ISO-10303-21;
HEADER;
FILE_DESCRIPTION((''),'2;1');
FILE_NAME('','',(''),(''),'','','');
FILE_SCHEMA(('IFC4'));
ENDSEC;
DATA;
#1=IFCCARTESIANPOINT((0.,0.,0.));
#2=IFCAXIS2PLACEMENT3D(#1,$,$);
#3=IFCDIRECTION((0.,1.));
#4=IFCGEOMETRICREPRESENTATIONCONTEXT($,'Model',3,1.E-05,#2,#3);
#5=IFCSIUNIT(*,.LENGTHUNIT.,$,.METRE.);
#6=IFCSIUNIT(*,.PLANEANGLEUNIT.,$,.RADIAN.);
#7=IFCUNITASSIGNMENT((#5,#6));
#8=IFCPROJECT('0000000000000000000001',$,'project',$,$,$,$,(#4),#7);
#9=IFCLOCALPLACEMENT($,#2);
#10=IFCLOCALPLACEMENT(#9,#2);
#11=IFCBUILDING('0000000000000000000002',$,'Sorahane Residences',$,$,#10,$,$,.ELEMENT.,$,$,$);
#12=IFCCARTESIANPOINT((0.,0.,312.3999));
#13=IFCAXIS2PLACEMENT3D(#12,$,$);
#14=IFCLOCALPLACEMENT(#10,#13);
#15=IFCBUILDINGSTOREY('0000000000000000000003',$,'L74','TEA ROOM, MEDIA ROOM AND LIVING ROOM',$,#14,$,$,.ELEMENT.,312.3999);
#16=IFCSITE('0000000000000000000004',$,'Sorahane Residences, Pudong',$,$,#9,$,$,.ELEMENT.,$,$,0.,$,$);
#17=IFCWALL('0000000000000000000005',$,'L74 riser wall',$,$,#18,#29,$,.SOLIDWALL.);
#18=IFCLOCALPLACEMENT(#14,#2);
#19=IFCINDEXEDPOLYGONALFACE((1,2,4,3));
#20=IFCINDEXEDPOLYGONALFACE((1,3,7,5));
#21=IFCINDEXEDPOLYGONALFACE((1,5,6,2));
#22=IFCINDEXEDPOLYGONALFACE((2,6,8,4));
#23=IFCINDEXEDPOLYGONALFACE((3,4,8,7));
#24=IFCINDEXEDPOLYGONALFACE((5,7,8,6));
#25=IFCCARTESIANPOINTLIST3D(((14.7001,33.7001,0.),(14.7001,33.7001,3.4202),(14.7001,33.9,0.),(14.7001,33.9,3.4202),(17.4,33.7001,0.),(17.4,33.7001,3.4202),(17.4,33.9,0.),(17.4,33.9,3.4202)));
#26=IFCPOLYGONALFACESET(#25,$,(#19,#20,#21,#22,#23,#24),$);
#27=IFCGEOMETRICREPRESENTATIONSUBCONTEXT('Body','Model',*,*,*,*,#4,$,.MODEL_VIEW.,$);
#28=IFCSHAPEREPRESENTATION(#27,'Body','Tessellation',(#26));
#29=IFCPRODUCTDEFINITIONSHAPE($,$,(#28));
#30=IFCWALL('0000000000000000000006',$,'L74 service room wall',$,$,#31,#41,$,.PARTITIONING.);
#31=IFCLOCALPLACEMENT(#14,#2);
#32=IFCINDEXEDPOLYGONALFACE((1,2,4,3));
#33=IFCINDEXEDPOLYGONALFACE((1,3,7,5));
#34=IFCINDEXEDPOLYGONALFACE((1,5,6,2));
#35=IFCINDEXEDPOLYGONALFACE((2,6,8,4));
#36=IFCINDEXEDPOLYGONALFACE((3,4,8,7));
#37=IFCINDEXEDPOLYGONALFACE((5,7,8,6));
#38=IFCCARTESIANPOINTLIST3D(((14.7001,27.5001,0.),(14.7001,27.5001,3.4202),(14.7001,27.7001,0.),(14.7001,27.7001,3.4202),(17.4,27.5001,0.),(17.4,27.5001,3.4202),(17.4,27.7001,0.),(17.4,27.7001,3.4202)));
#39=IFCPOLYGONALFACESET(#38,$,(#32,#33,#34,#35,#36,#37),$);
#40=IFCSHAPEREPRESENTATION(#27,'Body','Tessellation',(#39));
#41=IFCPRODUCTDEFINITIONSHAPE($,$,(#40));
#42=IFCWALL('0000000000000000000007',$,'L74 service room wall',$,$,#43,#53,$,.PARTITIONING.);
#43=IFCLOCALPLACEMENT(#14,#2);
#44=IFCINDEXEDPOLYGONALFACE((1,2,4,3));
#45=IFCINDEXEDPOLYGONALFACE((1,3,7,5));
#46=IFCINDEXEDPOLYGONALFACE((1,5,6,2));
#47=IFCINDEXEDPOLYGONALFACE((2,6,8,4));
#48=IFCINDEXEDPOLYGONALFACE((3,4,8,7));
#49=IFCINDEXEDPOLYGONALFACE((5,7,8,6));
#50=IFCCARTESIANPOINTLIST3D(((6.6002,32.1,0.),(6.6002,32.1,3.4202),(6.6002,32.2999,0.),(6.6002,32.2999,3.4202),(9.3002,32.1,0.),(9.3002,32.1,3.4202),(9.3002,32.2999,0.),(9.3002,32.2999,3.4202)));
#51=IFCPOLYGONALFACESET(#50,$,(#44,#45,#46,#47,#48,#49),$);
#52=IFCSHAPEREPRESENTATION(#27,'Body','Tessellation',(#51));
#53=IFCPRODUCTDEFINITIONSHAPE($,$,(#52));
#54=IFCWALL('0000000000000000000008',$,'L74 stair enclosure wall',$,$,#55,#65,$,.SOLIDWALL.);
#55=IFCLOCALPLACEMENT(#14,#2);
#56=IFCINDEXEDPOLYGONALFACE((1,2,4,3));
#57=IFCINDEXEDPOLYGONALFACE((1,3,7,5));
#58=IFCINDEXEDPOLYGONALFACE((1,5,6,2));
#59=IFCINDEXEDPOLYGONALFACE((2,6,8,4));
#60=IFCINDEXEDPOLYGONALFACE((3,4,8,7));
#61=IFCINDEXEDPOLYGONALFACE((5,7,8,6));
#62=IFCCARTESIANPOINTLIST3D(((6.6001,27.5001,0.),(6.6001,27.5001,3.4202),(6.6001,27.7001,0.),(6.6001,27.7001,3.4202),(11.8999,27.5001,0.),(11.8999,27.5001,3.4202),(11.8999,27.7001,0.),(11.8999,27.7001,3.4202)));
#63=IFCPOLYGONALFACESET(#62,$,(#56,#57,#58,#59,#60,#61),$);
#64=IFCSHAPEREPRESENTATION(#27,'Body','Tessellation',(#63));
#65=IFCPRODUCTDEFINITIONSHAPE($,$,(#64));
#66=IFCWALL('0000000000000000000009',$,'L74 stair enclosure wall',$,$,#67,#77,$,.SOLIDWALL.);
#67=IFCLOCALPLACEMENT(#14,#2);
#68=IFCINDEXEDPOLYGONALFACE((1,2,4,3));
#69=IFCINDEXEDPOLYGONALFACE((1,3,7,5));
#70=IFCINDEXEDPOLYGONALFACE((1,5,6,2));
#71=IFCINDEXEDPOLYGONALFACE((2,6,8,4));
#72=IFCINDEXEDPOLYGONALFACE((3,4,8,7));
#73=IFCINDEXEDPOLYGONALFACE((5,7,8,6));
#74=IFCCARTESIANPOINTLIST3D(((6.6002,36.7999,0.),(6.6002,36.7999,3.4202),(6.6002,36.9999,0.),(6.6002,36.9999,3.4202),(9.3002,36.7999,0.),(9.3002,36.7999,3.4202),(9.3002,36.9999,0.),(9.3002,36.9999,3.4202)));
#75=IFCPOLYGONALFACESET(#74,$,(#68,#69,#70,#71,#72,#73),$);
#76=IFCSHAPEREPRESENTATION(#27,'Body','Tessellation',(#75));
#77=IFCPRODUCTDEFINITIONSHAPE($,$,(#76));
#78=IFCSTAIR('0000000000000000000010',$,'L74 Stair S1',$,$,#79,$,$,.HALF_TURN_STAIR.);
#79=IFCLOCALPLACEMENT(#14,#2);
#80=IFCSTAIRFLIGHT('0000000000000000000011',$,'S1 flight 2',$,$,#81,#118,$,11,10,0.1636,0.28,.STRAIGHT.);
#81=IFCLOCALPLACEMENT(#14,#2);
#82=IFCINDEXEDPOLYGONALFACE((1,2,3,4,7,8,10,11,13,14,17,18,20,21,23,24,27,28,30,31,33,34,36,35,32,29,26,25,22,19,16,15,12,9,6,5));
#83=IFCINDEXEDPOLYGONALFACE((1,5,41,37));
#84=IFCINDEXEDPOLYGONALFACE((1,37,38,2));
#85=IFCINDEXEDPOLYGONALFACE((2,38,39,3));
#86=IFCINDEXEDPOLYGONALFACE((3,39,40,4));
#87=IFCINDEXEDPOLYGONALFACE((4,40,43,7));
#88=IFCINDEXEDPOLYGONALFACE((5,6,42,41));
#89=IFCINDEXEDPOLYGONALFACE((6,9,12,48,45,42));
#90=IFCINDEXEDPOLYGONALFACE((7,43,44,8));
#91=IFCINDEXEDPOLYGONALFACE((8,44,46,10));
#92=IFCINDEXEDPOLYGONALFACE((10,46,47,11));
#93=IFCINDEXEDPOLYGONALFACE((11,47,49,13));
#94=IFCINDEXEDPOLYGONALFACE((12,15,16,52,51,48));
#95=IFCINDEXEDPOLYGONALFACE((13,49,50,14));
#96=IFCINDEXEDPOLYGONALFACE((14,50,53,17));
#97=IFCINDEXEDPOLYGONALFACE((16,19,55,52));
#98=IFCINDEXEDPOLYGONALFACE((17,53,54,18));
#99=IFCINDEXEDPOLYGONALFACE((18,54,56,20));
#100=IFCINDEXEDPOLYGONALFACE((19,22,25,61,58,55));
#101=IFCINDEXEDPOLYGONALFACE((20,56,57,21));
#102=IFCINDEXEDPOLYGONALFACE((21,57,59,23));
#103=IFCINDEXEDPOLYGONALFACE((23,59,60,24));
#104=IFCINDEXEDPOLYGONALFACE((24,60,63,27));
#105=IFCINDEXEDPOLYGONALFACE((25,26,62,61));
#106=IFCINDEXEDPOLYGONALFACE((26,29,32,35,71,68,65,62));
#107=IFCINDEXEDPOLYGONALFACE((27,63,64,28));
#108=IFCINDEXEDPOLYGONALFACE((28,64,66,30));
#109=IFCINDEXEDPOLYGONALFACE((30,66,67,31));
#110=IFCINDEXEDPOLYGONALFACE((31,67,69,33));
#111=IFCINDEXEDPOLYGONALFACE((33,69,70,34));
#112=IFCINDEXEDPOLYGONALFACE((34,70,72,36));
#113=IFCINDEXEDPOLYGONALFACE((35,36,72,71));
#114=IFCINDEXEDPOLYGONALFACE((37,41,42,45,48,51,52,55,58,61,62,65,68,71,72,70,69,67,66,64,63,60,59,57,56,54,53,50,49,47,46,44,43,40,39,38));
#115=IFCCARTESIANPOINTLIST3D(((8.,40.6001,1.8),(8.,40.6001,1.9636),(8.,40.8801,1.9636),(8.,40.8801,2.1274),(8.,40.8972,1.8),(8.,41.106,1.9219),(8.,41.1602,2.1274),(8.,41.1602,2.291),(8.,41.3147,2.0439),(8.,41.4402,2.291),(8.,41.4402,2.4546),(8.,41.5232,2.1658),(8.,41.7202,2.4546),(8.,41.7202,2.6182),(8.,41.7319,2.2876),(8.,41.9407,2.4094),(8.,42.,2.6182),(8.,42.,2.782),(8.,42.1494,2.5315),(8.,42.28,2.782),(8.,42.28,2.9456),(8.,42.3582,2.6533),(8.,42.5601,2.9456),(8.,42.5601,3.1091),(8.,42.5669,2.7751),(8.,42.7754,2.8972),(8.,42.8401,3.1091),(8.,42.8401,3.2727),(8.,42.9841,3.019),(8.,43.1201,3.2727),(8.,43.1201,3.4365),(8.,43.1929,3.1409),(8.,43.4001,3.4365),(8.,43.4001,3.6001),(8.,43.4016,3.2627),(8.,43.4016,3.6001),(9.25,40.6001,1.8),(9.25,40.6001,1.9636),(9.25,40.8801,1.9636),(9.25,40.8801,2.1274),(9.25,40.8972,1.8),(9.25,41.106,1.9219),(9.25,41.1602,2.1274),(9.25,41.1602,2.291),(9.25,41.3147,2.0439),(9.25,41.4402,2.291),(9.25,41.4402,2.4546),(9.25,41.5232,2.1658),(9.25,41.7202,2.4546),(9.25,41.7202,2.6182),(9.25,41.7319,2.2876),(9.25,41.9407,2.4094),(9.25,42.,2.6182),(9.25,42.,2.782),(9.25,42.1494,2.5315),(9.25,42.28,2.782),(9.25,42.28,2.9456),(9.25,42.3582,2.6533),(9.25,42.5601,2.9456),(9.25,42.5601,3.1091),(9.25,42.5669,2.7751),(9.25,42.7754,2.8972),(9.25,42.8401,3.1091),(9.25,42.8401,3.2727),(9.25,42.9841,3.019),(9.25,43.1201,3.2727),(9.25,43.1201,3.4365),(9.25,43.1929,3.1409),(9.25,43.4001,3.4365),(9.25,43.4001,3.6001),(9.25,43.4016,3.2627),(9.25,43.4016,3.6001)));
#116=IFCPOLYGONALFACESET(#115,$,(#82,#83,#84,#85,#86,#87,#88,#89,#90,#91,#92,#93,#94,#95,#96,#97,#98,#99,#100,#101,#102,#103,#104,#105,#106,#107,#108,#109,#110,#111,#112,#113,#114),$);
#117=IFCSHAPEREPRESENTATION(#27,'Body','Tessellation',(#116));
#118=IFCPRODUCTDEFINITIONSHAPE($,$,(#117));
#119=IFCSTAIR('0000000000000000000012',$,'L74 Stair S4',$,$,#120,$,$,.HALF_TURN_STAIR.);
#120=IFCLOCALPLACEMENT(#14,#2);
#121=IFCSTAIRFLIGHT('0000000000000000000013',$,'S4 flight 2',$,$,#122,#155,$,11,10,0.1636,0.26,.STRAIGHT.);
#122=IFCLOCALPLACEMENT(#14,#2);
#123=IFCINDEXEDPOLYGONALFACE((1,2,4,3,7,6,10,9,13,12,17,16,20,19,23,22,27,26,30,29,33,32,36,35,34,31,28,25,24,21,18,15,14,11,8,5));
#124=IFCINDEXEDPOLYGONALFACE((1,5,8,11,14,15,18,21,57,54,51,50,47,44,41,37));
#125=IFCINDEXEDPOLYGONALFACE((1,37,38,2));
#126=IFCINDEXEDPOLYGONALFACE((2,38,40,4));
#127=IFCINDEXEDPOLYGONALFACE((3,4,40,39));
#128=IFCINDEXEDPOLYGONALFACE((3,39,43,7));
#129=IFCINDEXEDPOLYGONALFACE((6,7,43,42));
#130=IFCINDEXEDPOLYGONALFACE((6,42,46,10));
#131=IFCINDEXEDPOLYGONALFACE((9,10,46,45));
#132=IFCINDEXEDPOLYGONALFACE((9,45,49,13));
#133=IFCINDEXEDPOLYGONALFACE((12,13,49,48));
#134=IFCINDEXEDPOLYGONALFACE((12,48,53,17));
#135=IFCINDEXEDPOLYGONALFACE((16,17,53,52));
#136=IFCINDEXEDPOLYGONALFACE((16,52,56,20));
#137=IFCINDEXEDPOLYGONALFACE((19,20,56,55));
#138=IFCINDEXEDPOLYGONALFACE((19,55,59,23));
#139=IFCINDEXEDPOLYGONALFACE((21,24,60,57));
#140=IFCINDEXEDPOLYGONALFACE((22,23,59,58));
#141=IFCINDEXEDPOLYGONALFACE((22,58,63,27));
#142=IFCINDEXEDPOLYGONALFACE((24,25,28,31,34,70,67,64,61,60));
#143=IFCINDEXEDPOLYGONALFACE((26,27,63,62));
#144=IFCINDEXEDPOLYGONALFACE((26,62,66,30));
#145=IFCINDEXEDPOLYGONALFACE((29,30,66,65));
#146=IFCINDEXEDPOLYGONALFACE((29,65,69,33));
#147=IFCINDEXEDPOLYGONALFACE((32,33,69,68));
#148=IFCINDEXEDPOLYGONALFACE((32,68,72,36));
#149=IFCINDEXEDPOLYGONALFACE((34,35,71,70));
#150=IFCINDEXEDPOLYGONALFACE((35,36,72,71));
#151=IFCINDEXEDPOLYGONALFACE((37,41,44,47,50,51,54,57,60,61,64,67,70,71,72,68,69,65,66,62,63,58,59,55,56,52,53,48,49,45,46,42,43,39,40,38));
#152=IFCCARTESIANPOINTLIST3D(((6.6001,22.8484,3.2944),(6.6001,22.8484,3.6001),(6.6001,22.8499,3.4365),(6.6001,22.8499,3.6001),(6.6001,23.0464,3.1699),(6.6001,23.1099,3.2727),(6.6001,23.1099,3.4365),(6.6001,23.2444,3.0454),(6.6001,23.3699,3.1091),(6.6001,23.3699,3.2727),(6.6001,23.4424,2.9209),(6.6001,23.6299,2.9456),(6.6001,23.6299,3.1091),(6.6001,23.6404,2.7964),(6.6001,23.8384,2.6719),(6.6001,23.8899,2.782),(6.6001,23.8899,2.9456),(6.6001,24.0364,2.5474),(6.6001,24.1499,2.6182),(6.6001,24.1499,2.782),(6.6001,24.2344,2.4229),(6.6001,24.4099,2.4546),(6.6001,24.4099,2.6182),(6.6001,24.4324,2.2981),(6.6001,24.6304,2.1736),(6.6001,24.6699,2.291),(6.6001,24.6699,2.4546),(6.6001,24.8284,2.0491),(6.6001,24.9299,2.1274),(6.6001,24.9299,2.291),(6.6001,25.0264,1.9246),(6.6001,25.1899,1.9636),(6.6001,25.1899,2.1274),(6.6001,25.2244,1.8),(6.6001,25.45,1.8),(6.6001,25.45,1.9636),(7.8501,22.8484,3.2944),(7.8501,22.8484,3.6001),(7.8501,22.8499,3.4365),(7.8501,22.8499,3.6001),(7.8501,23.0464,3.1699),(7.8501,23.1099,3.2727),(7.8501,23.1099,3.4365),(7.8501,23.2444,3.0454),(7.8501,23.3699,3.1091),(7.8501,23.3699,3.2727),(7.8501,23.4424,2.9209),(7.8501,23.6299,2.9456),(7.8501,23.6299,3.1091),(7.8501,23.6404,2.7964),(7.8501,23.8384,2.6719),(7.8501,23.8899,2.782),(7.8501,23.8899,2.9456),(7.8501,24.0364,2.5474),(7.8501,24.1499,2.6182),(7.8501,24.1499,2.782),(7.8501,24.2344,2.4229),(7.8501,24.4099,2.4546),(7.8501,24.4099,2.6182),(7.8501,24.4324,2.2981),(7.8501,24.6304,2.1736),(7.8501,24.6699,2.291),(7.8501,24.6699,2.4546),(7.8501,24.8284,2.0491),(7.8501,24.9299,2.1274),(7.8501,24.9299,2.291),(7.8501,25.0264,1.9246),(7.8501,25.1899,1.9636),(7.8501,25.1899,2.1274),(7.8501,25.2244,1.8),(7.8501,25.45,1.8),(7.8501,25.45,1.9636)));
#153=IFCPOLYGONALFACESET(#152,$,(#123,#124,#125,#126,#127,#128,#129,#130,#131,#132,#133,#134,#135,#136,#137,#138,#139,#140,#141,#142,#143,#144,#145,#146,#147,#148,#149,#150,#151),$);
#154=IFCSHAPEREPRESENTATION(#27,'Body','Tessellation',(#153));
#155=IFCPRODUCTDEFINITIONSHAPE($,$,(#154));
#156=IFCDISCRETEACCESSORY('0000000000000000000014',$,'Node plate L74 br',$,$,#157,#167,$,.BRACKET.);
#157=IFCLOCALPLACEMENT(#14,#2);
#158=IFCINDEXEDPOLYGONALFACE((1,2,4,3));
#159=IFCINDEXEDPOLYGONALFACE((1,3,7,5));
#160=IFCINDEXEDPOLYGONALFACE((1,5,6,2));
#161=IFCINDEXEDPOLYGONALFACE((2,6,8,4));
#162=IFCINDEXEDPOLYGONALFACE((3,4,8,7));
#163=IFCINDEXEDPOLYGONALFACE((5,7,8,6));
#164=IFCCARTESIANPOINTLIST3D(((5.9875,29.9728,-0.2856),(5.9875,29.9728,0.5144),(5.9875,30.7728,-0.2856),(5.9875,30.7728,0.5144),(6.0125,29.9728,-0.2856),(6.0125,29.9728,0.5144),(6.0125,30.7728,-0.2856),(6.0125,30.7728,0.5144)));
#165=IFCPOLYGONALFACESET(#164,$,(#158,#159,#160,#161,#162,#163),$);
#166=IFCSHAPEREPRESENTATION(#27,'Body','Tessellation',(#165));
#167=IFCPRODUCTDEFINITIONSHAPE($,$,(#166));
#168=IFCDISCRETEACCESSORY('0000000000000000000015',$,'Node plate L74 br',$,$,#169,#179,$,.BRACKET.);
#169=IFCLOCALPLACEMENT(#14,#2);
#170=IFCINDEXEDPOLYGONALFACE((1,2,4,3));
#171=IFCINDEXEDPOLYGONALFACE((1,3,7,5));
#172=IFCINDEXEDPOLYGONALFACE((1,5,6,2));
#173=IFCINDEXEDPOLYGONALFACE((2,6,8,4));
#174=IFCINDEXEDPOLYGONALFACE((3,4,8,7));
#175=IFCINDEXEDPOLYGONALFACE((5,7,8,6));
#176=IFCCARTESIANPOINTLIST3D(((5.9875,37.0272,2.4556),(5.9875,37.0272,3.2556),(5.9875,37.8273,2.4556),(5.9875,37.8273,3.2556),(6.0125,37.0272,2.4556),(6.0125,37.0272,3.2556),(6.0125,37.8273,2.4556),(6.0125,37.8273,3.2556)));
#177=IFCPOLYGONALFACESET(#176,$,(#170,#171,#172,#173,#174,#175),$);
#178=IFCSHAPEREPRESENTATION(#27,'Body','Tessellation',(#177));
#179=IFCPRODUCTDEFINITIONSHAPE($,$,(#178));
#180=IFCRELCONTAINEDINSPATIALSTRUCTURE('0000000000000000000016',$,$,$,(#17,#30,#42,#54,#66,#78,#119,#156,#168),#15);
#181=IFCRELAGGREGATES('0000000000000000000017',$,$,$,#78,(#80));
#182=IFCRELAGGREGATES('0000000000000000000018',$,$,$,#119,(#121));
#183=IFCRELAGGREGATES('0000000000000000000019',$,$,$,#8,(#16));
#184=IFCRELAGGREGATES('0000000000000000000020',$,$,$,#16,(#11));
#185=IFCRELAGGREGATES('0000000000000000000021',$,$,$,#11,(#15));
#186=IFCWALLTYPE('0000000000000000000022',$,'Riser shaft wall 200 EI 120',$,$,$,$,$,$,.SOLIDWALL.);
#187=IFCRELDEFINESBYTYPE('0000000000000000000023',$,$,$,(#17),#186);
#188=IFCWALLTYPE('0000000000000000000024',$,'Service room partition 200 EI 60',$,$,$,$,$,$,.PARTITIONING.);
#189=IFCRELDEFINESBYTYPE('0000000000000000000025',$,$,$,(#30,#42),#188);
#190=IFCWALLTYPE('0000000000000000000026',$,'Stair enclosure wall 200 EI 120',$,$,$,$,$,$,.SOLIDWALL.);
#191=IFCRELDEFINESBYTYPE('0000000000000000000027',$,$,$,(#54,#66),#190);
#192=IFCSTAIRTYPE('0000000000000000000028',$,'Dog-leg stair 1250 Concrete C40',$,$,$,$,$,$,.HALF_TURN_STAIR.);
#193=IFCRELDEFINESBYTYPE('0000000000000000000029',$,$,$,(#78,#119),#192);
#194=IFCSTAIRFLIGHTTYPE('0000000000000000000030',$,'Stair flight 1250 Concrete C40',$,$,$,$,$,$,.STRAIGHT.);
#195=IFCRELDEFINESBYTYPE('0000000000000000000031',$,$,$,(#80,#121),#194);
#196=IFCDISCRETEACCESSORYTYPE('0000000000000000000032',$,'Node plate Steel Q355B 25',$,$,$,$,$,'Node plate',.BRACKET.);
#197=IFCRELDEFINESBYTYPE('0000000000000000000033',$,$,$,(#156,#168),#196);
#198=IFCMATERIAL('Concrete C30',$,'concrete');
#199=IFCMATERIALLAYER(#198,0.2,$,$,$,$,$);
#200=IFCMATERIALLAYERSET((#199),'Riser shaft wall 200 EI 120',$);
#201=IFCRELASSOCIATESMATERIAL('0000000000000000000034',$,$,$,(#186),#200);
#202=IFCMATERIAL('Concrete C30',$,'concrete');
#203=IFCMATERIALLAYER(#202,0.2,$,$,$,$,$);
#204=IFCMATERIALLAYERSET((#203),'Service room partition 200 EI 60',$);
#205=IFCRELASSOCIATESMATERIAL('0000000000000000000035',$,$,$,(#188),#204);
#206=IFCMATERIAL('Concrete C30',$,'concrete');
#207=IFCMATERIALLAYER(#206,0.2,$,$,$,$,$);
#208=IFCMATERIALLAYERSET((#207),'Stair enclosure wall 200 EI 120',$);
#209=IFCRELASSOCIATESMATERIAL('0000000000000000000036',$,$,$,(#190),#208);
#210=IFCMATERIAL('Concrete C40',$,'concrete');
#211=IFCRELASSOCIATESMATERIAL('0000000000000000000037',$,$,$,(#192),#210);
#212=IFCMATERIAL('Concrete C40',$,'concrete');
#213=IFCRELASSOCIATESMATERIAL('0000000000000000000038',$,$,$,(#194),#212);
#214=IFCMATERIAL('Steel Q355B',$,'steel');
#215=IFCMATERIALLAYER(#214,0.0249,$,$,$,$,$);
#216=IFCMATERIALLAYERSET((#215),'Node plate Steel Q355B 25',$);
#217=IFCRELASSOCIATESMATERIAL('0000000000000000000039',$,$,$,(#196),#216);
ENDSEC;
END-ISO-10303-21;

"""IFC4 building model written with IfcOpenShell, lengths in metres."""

from ifc_helpers import new_model, si_unit, direction, frame, frame_2d, origin, origin_2d, place, context, subcontext, project, spatial, polyline, rectangle, outline, extrude, material, layer, layer_set, type_object, element, aggregate, save


model = new_model("IFC4")

# Units and contexts
model_context = context("Model", 3, precision=1e-05, world=origin(), true_north=direction((0.0, 1.0)))
body_context = subcontext(model_context, "Body", "Model", "MODEL_VIEW")
ifc_project = project(units=[si_unit("LENGTHUNIT", "METRE"), si_unit("PLANEANGLEUNIT", "RADIAN")], contexts=[model_context])

# Site, building, storey
site_placement = place(None, origin())
site = spatial("IfcSite", under=ifc_project, at=site_placement, Name="Sorahane Residences, Pudong", CompositionType="ELEMENT", RefElevation=0.0)
building_placement = place(site_placement, origin())
building = spatial("IfcBuilding", under=site, at=building_placement, Name="Sorahane Residences", CompositionType="ELEMENT")
storey_placement = place(building_placement, frame((0.0, 0.0, 312.3999)))
storey = spatial("IfcBuildingStorey", under=building, at=storey_placement, Name="L74", Description="TEA ROOM, MEDIA ROOM AND LIVING ROOM", CompositionType="ELEMENT", Elevation=312.3999)

# Walls
ifc_material_1 = material(Name="Concrete C30", Category="concrete")
ifc_layer_1 = layer(ifc_material_1, 0.2)
ifc_layer_set_1 = layer_set([ifc_layer_1], Name="Riser shaft wall 200 EI 120")
wall_type_1 = type_object("IfcWallType", Name="Riser shaft wall 200 EI 120", PredefinedType="SOLIDWALL", material=ifc_layer_set_1)
wall_1_placement = place(storey_placement, frame((14.7, 33.8, 0.0), z_axis=(0.0, 0.0, 1.0), x_axis=(1.0, 0.0, 0.0)))
element("IfcWall", 1, at=wall_1_placement, inside=storey, type_object=wall_type_1, Name="L74 riser wall", PredefinedType="SOLIDWALL", context=body_context, shape_type="SweptSolid", body=[
    extrude(rectangle(XDim=2.7, YDim=0.2, at=frame_2d((1.3501, 0.0))), origin(), (0.0, 0.0, 1.0), 3.4202),
])
ifc_material_2 = material(Name="Concrete C30", Category="concrete")
ifc_layer_2 = layer(ifc_material_2, 0.2)
ifc_layer_set_2 = layer_set([ifc_layer_2], Name="Service room partition 200 EI 60")
wall_type_2 = type_object("IfcWallType", Name="Service room partition 200 EI 60", PredefinedType="PARTITIONING", material=ifc_layer_set_2)
for number, where, z_axis, x_axis, name in (
    (2, (14.7, 27.6001, 0.0), (0.0, 0.0, 1.0), (1.0, 0.0, 0.0), "L74 service room wall"),
    (3, (6.6001, 32.2, 0.0), (0.0, 0.0, 1.0), (1.0, 0.0, 0.0), "L74 service room wall"),
):
    element("IfcWall", number, at=place(storey_placement, frame(where, z_axis=z_axis, x_axis=x_axis)), inside=storey, type_object=wall_type_2, Name=name, PredefinedType="PARTITIONING", context=body_context, shape_type="SweptSolid", body=[
        extrude(rectangle(XDim=2.7, YDim=0.2, at=frame_2d((1.3501, 0.0))), origin(), (0.0, 0.0, 1.0), 3.4202),
    ])
ifc_material_3 = material(Name="Concrete C30", Category="concrete")
ifc_layer_3 = layer(ifc_material_3, 0.2)
ifc_layer_set_3 = layer_set([ifc_layer_3], Name="Stair enclosure wall 200 EI 120")
wall_type_3 = type_object("IfcWallType", Name="Stair enclosure wall 200 EI 120", PredefinedType="SOLIDWALL", material=ifc_layer_set_3)
wall_2_placement = place(storey_placement, frame((6.6001, 27.6001, 0.0), z_axis=(0.0, 0.0, 1.0), x_axis=(1.0, 0.0, 0.0)))
element("IfcWall", 4, at=wall_2_placement, inside=storey, type_object=wall_type_3, Name="L74 stair enclosure wall", PredefinedType="SOLIDWALL", context=body_context, shape_type="SweptSolid", body=[
    extrude(rectangle(XDim=5.2998, YDim=0.2, at=frame_2d((2.6499, 0.0))), origin(), (0.0, 0.0, 1.0), 3.4202),
])
wall_3_placement = place(storey_placement, frame((6.6001, 36.8999, 0.0), z_axis=(0.0, 0.0, 1.0), x_axis=(1.0, 0.0, 0.0)))
element("IfcWall", 5, at=wall_3_placement, inside=storey, type_object=wall_type_3, Name="L74 stair enclosure wall", PredefinedType="SOLIDWALL", context=body_context, shape_type="SweptSolid", body=[
    extrude(rectangle(XDim=2.7, YDim=0.2, at=frame_2d((1.3501, 0.0))), origin(), (0.0, 0.0, 1.0), 3.4202),
])

# Stairs, stair flights
ifc_material_4 = material(Name="Concrete C40", Category="concrete")
stair_type = type_object("IfcStairType", Name="Dog-leg stair 1250 Concrete C40", PredefinedType="HALF_TURN_STAIR", material=ifc_material_4)
stair_1_placement = place(storey_placement, origin())
stair_1 = element("IfcStair", 6, at=stair_1_placement, inside=storey, type_object=stair_type, Name="L74 Stair S1", PredefinedType="HALF_TURN_STAIR")
ifc_material_5 = material(Name="Concrete C40", Category="concrete")
stair_flight_type = type_object("IfcStairFlightType", Name="Stair flight 1250 Concrete C40", PredefinedType="STRAIGHT", material=ifc_material_5)
stair_flight_1_placement = place(storey_placement, frame((8.625, 40.6001, 1.8), z_axis=(0.0, 0.0, 1.0), x_axis=(0.0, 1.0, 0.0)))
stair_flight_1 = element("IfcStairFlight", 7, at=stair_flight_1_placement, type_object=stair_flight_type, Name="S1 flight 2", NumberOfRisers=11, NumberOfTreads=10, PredefinedType="STRAIGHT", RiserHeight=0.1636, TreadLength=0.28, context=body_context, shape_type="SweptSolid", body=[
    extrude(outline(polyline([(0.0, 0.0), (0.0, 0.1636), (0.28, 0.1636), (0.28, 0.3274), (0.5601, 0.3274), (0.5601, 0.491), (0.8401, 0.491), (0.8401, 0.6545), (1.1201, 0.6545), (1.1201, 0.8181), (1.3999, 0.8181), (1.3999, 0.9819), (1.6799, 0.9819), (1.6799, 1.1455), (1.96, 1.1455), (1.96, 1.3091), (2.24, 1.3091), (2.24, 1.4727), (2.52, 1.4727), (2.52, 1.6365), (2.8, 1.6365), (2.8, 1.8), (2.8015, 1.8), (2.8015, 1.4626), (2.5928, 1.3408), (2.384, 1.219), (2.1753, 1.0972), (1.9668, 0.9751), (1.7581, 0.8533), (1.5493, 0.7314), (1.3406, 0.6094), (1.1318, 0.4875), (0.9231, 0.3657), (0.7146, 0.2439), (0.5059, 0.1218), (0.2971, 0.0), (0.0, 0.0)])), frame((0.0, 0.625, 0.0), z_axis=(0.0, -1.0, 0.0), x_axis=(1.0, 0.0, 0.0)), (0.0, 0.0, 1.0), 1.25),
])
aggregate(stair_1, [stair_flight_1])
stair_2_placement = place(storey_placement, origin())
stair_2 = element("IfcStair", 8, at=stair_2_placement, inside=storey, type_object=stair_type, Name="L74 Stair S4", PredefinedType="HALF_TURN_STAIR")
stair_flight_2_placement = place(storey_placement, frame((7.2251, 25.45, 1.8), z_axis=(0.0, 0.0, 1.0), x_axis=(0.0, -1.0, 0.0)))
stair_flight_2 = element("IfcStairFlight", 9, at=stair_flight_2_placement, type_object=stair_flight_type, Name="S4 flight 2", NumberOfRisers=11, NumberOfTreads=10, PredefinedType="STRAIGHT", RiserHeight=0.1636, TreadLength=0.26, context=body_context, shape_type="SweptSolid", body=[
    extrude(outline(polyline([(0.0, 0.0), (0.0, 0.1636), (0.26, 0.1636), (0.26, 0.3274), (0.52, 0.3274), (0.52, 0.491), (0.78, 0.491), (0.78, 0.6545), (1.04, 0.6545), (1.04, 0.8181), (1.3, 0.8181), (1.3, 0.9819), (1.5601, 0.9819), (1.5601, 1.1455), (1.8201, 1.1455), (1.8201, 1.3091), (2.0801, 1.3091), (2.0801, 1.4727), (2.3401, 1.4727), (2.3401, 1.6365), (2.6001, 1.6365), (2.6001, 1.8), (2.6016, 1.8), (2.6016, 1.4944), (2.4036, 1.3699), (2.2056, 1.2454), (2.0076, 1.1208), (1.8096, 0.9963), (1.6116, 0.8718), (1.4136, 0.7473), (1.2156, 0.6228), (1.0176, 0.498), (0.8196, 0.3735), (0.6216, 0.249), (0.4236, 0.1245), (0.2256, 0.0), (0.0, 0.0)])), frame((0.0, 0.625, 0.0), z_axis=(0.0, -1.0, 0.0), x_axis=(1.0, 0.0, 0.0)), (0.0, 0.0, 1.0), 1.25),
])
aggregate(stair_2, [stair_flight_2])

# Discrete accessories
ifc_material_6 = material(Name="Steel Q355B", Category="steel")
ifc_layer_4 = layer(ifc_material_6, 0.0249)
ifc_layer_set_4 = layer_set([ifc_layer_4], Name="Node plate Steel Q355B 25")
discrete_accessory_type = type_object("IfcDiscreteAccessoryType", Name="Node plate Steel Q355B 25", ElementType="Node plate", PredefinedType="BRACKET", material=ifc_layer_set_4)
for number, where, z_axis, x_axis, name in (
    (10, (6.0, 30.3728, -0.2856), (0.0, 0.0, 1.0), (0.0, 1.0, 0.0), "Node plate L74 br"),
    (11, (6.0, 37.4272, 2.4556), (0.0, 0.0, 1.0), (0.0, 1.0, 0.0), "Node plate L74 br"),
):
    element("IfcDiscreteAccessory", number, at=place(storey_placement, frame(where, z_axis=z_axis, x_axis=x_axis)), inside=storey, type_object=discrete_accessory_type, Name=name, PredefinedType="BRACKET", context=body_context, shape_type="SweptSolid", body=[
        extrude(rectangle(XDim=0.8, YDim=0.0249, at=origin_2d()), origin(), (0.0, 0.0, 1.0), 0.8),
    ])

save(model, "model.ifc")
